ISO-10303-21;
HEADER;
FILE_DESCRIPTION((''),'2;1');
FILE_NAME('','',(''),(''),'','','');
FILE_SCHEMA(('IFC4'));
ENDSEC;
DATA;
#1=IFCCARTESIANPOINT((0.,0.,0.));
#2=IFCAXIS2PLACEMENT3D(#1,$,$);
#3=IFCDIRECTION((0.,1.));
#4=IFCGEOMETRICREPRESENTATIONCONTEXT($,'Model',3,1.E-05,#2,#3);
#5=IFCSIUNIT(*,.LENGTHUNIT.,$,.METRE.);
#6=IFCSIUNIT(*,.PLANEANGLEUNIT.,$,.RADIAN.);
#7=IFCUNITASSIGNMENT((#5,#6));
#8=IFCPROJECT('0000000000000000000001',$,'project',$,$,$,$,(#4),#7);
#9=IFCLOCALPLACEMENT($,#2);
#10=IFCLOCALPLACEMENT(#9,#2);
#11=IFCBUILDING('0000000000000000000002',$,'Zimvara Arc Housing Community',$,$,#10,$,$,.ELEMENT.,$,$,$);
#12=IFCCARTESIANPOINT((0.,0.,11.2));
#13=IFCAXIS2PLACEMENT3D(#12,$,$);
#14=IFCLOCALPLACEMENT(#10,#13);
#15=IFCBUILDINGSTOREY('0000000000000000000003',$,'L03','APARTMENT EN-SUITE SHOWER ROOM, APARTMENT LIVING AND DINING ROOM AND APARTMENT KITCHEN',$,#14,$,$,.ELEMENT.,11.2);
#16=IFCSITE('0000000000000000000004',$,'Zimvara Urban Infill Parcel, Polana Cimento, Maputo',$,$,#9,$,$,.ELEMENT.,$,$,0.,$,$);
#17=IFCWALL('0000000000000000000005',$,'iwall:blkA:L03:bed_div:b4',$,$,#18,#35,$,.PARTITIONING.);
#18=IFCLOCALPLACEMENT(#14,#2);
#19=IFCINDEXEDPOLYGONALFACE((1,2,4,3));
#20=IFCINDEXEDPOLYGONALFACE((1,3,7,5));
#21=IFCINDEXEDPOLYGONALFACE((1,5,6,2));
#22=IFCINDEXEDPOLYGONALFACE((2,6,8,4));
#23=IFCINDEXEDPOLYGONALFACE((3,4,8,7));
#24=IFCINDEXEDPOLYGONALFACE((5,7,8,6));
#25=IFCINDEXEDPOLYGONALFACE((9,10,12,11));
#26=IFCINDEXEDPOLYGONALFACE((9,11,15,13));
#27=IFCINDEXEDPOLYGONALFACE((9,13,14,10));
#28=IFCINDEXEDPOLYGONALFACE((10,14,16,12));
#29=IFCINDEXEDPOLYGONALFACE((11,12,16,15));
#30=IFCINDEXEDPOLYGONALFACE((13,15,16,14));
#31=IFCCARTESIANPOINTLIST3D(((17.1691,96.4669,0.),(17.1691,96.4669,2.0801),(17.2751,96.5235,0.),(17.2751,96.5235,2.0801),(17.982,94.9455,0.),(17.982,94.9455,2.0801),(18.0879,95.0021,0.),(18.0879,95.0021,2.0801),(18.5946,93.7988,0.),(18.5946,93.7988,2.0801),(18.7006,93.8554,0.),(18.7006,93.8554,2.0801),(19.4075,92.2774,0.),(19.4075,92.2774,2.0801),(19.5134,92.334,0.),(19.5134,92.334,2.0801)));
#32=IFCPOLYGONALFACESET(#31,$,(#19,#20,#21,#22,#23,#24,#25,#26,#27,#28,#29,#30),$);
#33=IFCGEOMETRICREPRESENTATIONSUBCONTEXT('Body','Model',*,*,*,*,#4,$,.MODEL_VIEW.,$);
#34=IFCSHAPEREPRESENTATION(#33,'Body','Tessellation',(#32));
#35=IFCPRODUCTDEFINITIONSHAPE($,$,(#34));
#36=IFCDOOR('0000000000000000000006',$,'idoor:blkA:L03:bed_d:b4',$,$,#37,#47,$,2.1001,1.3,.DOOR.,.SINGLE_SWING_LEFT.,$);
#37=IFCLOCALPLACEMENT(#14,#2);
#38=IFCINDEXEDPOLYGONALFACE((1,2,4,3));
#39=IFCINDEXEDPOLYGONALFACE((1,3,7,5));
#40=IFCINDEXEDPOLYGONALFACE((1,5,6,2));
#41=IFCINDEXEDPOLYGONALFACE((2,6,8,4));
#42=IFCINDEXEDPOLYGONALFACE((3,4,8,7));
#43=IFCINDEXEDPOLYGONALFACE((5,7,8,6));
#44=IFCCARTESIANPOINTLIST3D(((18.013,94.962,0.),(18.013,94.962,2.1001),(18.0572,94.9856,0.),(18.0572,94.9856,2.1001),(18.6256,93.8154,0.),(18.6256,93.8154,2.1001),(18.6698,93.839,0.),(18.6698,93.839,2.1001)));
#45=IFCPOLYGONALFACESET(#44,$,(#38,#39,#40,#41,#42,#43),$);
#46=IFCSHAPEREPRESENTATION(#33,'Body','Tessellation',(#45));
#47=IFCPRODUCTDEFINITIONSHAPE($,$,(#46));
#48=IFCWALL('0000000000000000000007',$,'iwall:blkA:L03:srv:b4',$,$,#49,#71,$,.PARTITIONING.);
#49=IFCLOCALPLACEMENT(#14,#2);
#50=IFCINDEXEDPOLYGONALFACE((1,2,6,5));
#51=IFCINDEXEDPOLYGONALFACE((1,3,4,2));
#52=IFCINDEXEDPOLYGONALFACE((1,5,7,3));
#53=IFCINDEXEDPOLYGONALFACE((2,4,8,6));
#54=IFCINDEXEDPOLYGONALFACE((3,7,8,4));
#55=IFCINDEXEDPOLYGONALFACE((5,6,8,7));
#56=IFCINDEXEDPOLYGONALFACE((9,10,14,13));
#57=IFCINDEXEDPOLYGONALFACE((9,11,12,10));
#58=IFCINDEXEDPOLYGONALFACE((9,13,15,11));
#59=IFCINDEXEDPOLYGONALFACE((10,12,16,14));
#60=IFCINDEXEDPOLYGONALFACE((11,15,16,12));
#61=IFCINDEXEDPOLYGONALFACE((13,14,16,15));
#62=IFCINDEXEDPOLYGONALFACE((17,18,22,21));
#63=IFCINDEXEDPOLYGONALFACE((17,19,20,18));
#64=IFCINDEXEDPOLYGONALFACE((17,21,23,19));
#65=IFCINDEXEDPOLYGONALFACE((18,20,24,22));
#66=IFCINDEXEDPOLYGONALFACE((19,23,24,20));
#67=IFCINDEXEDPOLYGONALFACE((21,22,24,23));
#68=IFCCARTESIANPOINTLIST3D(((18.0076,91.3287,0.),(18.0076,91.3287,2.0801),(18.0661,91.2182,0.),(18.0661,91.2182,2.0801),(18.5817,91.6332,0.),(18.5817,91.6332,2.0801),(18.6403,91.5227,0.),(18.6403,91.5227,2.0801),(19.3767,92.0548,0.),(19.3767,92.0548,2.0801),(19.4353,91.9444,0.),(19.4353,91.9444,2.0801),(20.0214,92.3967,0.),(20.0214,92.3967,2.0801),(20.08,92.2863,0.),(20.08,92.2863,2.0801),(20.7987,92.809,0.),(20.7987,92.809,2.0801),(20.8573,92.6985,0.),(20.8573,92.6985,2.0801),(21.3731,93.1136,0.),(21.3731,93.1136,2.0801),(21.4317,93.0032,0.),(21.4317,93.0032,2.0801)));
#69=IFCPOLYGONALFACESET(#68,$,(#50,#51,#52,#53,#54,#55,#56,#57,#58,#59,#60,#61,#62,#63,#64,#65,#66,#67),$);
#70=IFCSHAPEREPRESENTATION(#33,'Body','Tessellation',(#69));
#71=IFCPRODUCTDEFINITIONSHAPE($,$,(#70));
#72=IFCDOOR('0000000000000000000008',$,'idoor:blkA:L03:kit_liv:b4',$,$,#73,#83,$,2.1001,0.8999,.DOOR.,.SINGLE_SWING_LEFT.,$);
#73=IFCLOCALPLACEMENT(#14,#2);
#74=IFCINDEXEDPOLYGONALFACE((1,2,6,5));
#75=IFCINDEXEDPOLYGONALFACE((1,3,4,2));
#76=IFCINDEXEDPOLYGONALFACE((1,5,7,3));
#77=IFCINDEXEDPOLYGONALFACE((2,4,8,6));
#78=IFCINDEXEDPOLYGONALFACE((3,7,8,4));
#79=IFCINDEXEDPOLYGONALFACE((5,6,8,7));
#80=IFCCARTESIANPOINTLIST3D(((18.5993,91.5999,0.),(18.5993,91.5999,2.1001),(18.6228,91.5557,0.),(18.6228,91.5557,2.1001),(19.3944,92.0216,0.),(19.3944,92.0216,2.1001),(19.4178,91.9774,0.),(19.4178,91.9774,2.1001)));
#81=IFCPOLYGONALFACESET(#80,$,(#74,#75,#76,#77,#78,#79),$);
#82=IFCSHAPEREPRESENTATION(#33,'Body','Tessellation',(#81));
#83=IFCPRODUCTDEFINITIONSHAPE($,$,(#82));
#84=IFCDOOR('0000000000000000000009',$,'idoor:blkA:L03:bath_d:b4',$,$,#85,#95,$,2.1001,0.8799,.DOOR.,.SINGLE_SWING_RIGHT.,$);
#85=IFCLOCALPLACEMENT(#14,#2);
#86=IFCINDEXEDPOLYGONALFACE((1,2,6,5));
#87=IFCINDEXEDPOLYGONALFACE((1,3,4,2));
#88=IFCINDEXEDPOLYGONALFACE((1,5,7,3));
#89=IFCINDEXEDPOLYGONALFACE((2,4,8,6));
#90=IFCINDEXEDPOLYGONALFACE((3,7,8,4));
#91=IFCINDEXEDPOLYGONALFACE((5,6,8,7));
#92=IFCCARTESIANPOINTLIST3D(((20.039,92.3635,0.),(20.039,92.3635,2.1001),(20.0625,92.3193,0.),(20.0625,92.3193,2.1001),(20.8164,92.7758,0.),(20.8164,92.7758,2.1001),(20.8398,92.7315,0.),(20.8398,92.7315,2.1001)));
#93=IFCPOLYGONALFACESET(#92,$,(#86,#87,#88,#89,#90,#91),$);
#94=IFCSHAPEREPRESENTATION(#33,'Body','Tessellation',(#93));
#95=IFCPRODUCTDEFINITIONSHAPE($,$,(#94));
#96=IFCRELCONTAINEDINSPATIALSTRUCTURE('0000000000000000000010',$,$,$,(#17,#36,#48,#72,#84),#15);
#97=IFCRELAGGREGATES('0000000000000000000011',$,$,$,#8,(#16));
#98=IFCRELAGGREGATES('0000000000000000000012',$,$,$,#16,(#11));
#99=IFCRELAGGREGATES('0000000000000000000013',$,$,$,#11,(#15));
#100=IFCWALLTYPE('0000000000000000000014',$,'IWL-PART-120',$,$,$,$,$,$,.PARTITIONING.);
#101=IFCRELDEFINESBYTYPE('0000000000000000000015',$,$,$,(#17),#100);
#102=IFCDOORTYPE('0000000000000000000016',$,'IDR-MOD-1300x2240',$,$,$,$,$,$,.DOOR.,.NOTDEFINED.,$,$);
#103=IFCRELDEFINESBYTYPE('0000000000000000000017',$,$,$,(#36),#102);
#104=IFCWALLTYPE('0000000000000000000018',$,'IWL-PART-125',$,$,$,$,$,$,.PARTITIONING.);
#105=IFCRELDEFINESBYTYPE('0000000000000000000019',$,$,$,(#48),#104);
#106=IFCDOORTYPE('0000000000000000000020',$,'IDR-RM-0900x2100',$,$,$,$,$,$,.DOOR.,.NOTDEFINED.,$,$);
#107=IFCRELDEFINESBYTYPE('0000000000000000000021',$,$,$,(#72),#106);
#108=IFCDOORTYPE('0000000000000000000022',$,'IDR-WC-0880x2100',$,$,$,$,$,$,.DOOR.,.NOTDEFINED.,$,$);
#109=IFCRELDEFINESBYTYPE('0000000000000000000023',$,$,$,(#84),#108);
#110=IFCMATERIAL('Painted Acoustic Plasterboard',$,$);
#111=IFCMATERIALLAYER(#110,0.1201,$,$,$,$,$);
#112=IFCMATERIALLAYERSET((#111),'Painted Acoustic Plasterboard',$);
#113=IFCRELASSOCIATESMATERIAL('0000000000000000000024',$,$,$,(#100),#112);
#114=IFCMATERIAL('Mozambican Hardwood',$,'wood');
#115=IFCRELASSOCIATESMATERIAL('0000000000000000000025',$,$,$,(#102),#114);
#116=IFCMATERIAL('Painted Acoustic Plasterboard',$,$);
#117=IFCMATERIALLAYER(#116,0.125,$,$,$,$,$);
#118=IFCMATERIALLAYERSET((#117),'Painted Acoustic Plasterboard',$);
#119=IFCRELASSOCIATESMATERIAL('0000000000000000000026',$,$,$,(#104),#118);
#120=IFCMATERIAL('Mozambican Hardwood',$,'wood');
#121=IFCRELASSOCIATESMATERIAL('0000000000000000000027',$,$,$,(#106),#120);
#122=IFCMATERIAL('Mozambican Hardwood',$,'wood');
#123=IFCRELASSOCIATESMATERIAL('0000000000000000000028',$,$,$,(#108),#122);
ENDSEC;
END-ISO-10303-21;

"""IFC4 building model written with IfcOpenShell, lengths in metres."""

from ifc_helpers import new_model, si_unit, direction, frame, frame_2d, origin, place, context, subcontext, project, spatial, rectangle, extrude, material, layer, layer_set, type_object, element, fill, save


model = new_model("IFC4")

# Units and contexts
model_context = context("Model", 3, precision=1e-05, world=origin(), true_north=direction((0.0, 1.0)))
body_context = subcontext(model_context, "Body", "Model", "MODEL_VIEW")
ifc_project = project(units=[si_unit("LENGTHUNIT", "METRE"), si_unit("PLANEANGLEUNIT", "RADIAN")], contexts=[model_context])

# Site, building, storey
site_placement = place(None, origin())
site = spatial("IfcSite", under=ifc_project, at=site_placement, Name="Zimvara Urban Infill Parcel, Polana Cimento, Maputo", CompositionType="ELEMENT", RefElevation=0.0)
building_placement = place(site_placement, origin())
building = spatial("IfcBuilding", under=site, at=building_placement, Name="Zimvara Arc Housing Community", CompositionType="ELEMENT")
storey_placement = place(building_placement, frame((0.0, 0.0, 11.2)))
storey = spatial("IfcBuildingStorey", under=building, at=storey_placement, Name="L03", Description="APARTMENT EN-SUITE SHOWER ROOM, APARTMENT LIVING AND DINING ROOM AND APARTMENT KITCHEN", CompositionType="ELEMENT", Elevation=11.2)

# Wall, opening, door
ifc_material_1 = material(Name="Painted Acoustic Plasterboard")
ifc_layer_1 = layer(ifc_material_1, 0.1201)
ifc_layer_set_1 = layer_set([ifc_layer_1], Name="Painted Acoustic Plasterboard")
wall_type_1 = type_object("IfcWallType", Name="IWL-PART-120", PredefinedType="PARTITIONING", material=ifc_layer_set_1)
wall_1_placement = place(storey_placement, frame((19.4604, 92.3057, 0.0), z_axis=(0.0, 0.0, 1.0), x_axis=(-0.471228, 0.882011, 0.0)))
wall_1 = element("IfcWall", 1, at=wall_1_placement, inside=storey, type_object=wall_type_1, Name="iwall:blkA:L03:bed_div:b4", PredefinedType="PARTITIONING", context=body_context, shape_type="SweptSolid", body=[
    extrude(rectangle(XDim=4.75, YDim=0.1201, at=frame_2d((2.375, 0.0))), origin(), (0.0, 0.0, 1.0), 2.0801),
])
opening_1_placement = place(wall_1_placement, frame((1.7251, 0.0, 0.0)))
opening_1 = element("IfcOpeningElement", 2, at=opening_1_placement, cuts=wall_1, PredefinedType="OPENING", context=body_context, shape_type="SweptSolid", body=[
    extrude(rectangle(XDim=1.3, YDim=2.1001, at=frame_2d((0.6499, 1.05))), frame((0.0, 0.0701, 0.0), z_axis=(0.0, -1.0, 0.0), x_axis=(1.0, 0.0, 0.0)), (0.0, 0.0, 1.0), 0.1401),
])
ifc_material_2 = material(Name="Mozambican Hardwood", Category="wood")
door_type_1 = type_object("IfcDoorType", Name="IDR-MOD-1300x2240", OperationType="NOTDEFINED", PredefinedType="DOOR", material=ifc_material_2)
door_1_placement = place(opening_1_placement, origin())
door_1 = element("IfcDoor", 3, at=door_1_placement, inside=storey, type_object=door_type_1, Name="idoor:blkA:L03:bed_d:b4", OperationType="SINGLE_SWING_LEFT", OverallHeight=2.1001, OverallWidth=1.3, PredefinedType="DOOR", context=body_context, shape_type="SweptSolid", body=[
    extrude(rectangle(XDim=1.3, YDim=2.1001, at=frame_2d((0.6499, 1.05))), frame((0.0, 0.0249, 0.0), z_axis=(0.0, -1.0, 0.0), x_axis=(1.0, 0.0, 0.0)), (0.0, 0.0, 1.0), 0.05),
])
fill(opening_1, door_1)

# Wall, openings, doors
ifc_material_3 = material(Name="Painted Acoustic Plasterboard")
ifc_layer_2 = layer(ifc_material_3, 0.125)
ifc_layer_set_2 = layer_set([ifc_layer_2], Name="Painted Acoustic Plasterboard")
wall_type_2 = type_object("IfcWallType", Name="IWL-PART-125", PredefinedType="PARTITIONING", material=ifc_layer_set_2)
wall_2_placement = place(storey_placement, frame((18.0369, 91.2734, 0.0), z_axis=(0.0, 0.0, 1.0), x_axis=(0.883442, 0.468541, 0.0)))
wall_2 = element("IfcWall", 4, at=wall_2_placement, inside=storey, type_object=wall_type_2, Name="iwall:blkA:L03:srv:b4", PredefinedType="PARTITIONING", context=body_context, shape_type="SweptSolid", body=[
    extrude(rectangle(XDim=3.8096, YDim=0.125, at=frame_2d((1.9048, 0.0))), origin(), (0.0, 0.0, 1.0), 2.0801),
])
opening_2_placement = place(wall_2_placement, frame((0.6499, 0.0, 0.0)))
opening_2 = element("IfcOpeningElement", 5, at=opening_2_placement, cuts=wall_2, PredefinedType="OPENING", context=body_context, shape_type="SweptSolid", body=[
    extrude(rectangle(XDim=0.8999, YDim=2.1001, at=frame_2d((0.45, 1.05))), frame((0.0, 0.0725, 0.0), z_axis=(0.0, -1.0, 0.0), x_axis=(1.0, 0.0, 0.0)), (0.0, 0.0, 1.0), 0.145),
])
opening_3_placement = place(wall_2_placement, frame((2.2795, 0.0, 0.0)))
opening_3 = element("IfcOpeningElement", 6, at=opening_3_placement, cuts=wall_2, PredefinedType="OPENING", context=body_context, shape_type="SweptSolid", body=[
    extrude(rectangle(XDim=0.8799, YDim=2.1001, at=frame_2d((0.4399, 1.05))), frame((0.0, 0.0725, 0.0), z_axis=(0.0, -1.0, 0.0), x_axis=(1.0, 0.0, 0.0)), (0.0, 0.0, 1.0), 0.145),
])
ifc_material_4 = material(Name="Mozambican Hardwood", Category="wood")
door_type_2 = type_object("IfcDoorType", Name="IDR-RM-0900x2100", OperationType="NOTDEFINED", PredefinedType="DOOR", material=ifc_material_4)
door_2_placement = place(opening_2_placement, origin())
door_2 = element("IfcDoor", 7, at=door_2_placement, inside=storey, type_object=door_type_2, Name="idoor:blkA:L03:kit_liv:b4", OperationType="SINGLE_SWING_LEFT", OverallHeight=2.1001, OverallWidth=0.8999, PredefinedType="DOOR", context=body_context, shape_type="SweptSolid", body=[
    extrude(rectangle(XDim=0.8999, YDim=2.1001, at=frame_2d((0.45, 1.05))), frame((0.0, 0.0249, 0.0), z_axis=(0.0, -1.0, 0.0), x_axis=(1.0, 0.0, 0.0)), (0.0, 0.0, 1.0), 0.05),
])
fill(opening_2, door_2)
ifc_material_5 = material(Name="Mozambican Hardwood", Category="wood")
door_type_3 = type_object("IfcDoorType", Name="IDR-WC-0880x2100", OperationType="NOTDEFINED", PredefinedType="DOOR", material=ifc_material_5)
door_3_placement = place(opening_3_placement, origin())
door_3 = element("IfcDoor", 8, at=door_3_placement, inside=storey, type_object=door_type_3, Name="idoor:blkA:L03:bath_d:b4", OperationType="SINGLE_SWING_RIGHT", OverallHeight=2.1001, OverallWidth=0.8799, PredefinedType="DOOR", context=body_context, shape_type="SweptSolid", body=[
    extrude(rectangle(XDim=0.8799, YDim=2.1001, at=frame_2d((0.4399, 1.05))), frame((0.0, 0.0249, 0.0), z_axis=(0.0, -1.0, 0.0), x_axis=(1.0, 0.0, 0.0)), (0.0, 0.0, 1.0), 0.05),
])
fill(opening_3, door_3)

save(model, "model.ifc")
